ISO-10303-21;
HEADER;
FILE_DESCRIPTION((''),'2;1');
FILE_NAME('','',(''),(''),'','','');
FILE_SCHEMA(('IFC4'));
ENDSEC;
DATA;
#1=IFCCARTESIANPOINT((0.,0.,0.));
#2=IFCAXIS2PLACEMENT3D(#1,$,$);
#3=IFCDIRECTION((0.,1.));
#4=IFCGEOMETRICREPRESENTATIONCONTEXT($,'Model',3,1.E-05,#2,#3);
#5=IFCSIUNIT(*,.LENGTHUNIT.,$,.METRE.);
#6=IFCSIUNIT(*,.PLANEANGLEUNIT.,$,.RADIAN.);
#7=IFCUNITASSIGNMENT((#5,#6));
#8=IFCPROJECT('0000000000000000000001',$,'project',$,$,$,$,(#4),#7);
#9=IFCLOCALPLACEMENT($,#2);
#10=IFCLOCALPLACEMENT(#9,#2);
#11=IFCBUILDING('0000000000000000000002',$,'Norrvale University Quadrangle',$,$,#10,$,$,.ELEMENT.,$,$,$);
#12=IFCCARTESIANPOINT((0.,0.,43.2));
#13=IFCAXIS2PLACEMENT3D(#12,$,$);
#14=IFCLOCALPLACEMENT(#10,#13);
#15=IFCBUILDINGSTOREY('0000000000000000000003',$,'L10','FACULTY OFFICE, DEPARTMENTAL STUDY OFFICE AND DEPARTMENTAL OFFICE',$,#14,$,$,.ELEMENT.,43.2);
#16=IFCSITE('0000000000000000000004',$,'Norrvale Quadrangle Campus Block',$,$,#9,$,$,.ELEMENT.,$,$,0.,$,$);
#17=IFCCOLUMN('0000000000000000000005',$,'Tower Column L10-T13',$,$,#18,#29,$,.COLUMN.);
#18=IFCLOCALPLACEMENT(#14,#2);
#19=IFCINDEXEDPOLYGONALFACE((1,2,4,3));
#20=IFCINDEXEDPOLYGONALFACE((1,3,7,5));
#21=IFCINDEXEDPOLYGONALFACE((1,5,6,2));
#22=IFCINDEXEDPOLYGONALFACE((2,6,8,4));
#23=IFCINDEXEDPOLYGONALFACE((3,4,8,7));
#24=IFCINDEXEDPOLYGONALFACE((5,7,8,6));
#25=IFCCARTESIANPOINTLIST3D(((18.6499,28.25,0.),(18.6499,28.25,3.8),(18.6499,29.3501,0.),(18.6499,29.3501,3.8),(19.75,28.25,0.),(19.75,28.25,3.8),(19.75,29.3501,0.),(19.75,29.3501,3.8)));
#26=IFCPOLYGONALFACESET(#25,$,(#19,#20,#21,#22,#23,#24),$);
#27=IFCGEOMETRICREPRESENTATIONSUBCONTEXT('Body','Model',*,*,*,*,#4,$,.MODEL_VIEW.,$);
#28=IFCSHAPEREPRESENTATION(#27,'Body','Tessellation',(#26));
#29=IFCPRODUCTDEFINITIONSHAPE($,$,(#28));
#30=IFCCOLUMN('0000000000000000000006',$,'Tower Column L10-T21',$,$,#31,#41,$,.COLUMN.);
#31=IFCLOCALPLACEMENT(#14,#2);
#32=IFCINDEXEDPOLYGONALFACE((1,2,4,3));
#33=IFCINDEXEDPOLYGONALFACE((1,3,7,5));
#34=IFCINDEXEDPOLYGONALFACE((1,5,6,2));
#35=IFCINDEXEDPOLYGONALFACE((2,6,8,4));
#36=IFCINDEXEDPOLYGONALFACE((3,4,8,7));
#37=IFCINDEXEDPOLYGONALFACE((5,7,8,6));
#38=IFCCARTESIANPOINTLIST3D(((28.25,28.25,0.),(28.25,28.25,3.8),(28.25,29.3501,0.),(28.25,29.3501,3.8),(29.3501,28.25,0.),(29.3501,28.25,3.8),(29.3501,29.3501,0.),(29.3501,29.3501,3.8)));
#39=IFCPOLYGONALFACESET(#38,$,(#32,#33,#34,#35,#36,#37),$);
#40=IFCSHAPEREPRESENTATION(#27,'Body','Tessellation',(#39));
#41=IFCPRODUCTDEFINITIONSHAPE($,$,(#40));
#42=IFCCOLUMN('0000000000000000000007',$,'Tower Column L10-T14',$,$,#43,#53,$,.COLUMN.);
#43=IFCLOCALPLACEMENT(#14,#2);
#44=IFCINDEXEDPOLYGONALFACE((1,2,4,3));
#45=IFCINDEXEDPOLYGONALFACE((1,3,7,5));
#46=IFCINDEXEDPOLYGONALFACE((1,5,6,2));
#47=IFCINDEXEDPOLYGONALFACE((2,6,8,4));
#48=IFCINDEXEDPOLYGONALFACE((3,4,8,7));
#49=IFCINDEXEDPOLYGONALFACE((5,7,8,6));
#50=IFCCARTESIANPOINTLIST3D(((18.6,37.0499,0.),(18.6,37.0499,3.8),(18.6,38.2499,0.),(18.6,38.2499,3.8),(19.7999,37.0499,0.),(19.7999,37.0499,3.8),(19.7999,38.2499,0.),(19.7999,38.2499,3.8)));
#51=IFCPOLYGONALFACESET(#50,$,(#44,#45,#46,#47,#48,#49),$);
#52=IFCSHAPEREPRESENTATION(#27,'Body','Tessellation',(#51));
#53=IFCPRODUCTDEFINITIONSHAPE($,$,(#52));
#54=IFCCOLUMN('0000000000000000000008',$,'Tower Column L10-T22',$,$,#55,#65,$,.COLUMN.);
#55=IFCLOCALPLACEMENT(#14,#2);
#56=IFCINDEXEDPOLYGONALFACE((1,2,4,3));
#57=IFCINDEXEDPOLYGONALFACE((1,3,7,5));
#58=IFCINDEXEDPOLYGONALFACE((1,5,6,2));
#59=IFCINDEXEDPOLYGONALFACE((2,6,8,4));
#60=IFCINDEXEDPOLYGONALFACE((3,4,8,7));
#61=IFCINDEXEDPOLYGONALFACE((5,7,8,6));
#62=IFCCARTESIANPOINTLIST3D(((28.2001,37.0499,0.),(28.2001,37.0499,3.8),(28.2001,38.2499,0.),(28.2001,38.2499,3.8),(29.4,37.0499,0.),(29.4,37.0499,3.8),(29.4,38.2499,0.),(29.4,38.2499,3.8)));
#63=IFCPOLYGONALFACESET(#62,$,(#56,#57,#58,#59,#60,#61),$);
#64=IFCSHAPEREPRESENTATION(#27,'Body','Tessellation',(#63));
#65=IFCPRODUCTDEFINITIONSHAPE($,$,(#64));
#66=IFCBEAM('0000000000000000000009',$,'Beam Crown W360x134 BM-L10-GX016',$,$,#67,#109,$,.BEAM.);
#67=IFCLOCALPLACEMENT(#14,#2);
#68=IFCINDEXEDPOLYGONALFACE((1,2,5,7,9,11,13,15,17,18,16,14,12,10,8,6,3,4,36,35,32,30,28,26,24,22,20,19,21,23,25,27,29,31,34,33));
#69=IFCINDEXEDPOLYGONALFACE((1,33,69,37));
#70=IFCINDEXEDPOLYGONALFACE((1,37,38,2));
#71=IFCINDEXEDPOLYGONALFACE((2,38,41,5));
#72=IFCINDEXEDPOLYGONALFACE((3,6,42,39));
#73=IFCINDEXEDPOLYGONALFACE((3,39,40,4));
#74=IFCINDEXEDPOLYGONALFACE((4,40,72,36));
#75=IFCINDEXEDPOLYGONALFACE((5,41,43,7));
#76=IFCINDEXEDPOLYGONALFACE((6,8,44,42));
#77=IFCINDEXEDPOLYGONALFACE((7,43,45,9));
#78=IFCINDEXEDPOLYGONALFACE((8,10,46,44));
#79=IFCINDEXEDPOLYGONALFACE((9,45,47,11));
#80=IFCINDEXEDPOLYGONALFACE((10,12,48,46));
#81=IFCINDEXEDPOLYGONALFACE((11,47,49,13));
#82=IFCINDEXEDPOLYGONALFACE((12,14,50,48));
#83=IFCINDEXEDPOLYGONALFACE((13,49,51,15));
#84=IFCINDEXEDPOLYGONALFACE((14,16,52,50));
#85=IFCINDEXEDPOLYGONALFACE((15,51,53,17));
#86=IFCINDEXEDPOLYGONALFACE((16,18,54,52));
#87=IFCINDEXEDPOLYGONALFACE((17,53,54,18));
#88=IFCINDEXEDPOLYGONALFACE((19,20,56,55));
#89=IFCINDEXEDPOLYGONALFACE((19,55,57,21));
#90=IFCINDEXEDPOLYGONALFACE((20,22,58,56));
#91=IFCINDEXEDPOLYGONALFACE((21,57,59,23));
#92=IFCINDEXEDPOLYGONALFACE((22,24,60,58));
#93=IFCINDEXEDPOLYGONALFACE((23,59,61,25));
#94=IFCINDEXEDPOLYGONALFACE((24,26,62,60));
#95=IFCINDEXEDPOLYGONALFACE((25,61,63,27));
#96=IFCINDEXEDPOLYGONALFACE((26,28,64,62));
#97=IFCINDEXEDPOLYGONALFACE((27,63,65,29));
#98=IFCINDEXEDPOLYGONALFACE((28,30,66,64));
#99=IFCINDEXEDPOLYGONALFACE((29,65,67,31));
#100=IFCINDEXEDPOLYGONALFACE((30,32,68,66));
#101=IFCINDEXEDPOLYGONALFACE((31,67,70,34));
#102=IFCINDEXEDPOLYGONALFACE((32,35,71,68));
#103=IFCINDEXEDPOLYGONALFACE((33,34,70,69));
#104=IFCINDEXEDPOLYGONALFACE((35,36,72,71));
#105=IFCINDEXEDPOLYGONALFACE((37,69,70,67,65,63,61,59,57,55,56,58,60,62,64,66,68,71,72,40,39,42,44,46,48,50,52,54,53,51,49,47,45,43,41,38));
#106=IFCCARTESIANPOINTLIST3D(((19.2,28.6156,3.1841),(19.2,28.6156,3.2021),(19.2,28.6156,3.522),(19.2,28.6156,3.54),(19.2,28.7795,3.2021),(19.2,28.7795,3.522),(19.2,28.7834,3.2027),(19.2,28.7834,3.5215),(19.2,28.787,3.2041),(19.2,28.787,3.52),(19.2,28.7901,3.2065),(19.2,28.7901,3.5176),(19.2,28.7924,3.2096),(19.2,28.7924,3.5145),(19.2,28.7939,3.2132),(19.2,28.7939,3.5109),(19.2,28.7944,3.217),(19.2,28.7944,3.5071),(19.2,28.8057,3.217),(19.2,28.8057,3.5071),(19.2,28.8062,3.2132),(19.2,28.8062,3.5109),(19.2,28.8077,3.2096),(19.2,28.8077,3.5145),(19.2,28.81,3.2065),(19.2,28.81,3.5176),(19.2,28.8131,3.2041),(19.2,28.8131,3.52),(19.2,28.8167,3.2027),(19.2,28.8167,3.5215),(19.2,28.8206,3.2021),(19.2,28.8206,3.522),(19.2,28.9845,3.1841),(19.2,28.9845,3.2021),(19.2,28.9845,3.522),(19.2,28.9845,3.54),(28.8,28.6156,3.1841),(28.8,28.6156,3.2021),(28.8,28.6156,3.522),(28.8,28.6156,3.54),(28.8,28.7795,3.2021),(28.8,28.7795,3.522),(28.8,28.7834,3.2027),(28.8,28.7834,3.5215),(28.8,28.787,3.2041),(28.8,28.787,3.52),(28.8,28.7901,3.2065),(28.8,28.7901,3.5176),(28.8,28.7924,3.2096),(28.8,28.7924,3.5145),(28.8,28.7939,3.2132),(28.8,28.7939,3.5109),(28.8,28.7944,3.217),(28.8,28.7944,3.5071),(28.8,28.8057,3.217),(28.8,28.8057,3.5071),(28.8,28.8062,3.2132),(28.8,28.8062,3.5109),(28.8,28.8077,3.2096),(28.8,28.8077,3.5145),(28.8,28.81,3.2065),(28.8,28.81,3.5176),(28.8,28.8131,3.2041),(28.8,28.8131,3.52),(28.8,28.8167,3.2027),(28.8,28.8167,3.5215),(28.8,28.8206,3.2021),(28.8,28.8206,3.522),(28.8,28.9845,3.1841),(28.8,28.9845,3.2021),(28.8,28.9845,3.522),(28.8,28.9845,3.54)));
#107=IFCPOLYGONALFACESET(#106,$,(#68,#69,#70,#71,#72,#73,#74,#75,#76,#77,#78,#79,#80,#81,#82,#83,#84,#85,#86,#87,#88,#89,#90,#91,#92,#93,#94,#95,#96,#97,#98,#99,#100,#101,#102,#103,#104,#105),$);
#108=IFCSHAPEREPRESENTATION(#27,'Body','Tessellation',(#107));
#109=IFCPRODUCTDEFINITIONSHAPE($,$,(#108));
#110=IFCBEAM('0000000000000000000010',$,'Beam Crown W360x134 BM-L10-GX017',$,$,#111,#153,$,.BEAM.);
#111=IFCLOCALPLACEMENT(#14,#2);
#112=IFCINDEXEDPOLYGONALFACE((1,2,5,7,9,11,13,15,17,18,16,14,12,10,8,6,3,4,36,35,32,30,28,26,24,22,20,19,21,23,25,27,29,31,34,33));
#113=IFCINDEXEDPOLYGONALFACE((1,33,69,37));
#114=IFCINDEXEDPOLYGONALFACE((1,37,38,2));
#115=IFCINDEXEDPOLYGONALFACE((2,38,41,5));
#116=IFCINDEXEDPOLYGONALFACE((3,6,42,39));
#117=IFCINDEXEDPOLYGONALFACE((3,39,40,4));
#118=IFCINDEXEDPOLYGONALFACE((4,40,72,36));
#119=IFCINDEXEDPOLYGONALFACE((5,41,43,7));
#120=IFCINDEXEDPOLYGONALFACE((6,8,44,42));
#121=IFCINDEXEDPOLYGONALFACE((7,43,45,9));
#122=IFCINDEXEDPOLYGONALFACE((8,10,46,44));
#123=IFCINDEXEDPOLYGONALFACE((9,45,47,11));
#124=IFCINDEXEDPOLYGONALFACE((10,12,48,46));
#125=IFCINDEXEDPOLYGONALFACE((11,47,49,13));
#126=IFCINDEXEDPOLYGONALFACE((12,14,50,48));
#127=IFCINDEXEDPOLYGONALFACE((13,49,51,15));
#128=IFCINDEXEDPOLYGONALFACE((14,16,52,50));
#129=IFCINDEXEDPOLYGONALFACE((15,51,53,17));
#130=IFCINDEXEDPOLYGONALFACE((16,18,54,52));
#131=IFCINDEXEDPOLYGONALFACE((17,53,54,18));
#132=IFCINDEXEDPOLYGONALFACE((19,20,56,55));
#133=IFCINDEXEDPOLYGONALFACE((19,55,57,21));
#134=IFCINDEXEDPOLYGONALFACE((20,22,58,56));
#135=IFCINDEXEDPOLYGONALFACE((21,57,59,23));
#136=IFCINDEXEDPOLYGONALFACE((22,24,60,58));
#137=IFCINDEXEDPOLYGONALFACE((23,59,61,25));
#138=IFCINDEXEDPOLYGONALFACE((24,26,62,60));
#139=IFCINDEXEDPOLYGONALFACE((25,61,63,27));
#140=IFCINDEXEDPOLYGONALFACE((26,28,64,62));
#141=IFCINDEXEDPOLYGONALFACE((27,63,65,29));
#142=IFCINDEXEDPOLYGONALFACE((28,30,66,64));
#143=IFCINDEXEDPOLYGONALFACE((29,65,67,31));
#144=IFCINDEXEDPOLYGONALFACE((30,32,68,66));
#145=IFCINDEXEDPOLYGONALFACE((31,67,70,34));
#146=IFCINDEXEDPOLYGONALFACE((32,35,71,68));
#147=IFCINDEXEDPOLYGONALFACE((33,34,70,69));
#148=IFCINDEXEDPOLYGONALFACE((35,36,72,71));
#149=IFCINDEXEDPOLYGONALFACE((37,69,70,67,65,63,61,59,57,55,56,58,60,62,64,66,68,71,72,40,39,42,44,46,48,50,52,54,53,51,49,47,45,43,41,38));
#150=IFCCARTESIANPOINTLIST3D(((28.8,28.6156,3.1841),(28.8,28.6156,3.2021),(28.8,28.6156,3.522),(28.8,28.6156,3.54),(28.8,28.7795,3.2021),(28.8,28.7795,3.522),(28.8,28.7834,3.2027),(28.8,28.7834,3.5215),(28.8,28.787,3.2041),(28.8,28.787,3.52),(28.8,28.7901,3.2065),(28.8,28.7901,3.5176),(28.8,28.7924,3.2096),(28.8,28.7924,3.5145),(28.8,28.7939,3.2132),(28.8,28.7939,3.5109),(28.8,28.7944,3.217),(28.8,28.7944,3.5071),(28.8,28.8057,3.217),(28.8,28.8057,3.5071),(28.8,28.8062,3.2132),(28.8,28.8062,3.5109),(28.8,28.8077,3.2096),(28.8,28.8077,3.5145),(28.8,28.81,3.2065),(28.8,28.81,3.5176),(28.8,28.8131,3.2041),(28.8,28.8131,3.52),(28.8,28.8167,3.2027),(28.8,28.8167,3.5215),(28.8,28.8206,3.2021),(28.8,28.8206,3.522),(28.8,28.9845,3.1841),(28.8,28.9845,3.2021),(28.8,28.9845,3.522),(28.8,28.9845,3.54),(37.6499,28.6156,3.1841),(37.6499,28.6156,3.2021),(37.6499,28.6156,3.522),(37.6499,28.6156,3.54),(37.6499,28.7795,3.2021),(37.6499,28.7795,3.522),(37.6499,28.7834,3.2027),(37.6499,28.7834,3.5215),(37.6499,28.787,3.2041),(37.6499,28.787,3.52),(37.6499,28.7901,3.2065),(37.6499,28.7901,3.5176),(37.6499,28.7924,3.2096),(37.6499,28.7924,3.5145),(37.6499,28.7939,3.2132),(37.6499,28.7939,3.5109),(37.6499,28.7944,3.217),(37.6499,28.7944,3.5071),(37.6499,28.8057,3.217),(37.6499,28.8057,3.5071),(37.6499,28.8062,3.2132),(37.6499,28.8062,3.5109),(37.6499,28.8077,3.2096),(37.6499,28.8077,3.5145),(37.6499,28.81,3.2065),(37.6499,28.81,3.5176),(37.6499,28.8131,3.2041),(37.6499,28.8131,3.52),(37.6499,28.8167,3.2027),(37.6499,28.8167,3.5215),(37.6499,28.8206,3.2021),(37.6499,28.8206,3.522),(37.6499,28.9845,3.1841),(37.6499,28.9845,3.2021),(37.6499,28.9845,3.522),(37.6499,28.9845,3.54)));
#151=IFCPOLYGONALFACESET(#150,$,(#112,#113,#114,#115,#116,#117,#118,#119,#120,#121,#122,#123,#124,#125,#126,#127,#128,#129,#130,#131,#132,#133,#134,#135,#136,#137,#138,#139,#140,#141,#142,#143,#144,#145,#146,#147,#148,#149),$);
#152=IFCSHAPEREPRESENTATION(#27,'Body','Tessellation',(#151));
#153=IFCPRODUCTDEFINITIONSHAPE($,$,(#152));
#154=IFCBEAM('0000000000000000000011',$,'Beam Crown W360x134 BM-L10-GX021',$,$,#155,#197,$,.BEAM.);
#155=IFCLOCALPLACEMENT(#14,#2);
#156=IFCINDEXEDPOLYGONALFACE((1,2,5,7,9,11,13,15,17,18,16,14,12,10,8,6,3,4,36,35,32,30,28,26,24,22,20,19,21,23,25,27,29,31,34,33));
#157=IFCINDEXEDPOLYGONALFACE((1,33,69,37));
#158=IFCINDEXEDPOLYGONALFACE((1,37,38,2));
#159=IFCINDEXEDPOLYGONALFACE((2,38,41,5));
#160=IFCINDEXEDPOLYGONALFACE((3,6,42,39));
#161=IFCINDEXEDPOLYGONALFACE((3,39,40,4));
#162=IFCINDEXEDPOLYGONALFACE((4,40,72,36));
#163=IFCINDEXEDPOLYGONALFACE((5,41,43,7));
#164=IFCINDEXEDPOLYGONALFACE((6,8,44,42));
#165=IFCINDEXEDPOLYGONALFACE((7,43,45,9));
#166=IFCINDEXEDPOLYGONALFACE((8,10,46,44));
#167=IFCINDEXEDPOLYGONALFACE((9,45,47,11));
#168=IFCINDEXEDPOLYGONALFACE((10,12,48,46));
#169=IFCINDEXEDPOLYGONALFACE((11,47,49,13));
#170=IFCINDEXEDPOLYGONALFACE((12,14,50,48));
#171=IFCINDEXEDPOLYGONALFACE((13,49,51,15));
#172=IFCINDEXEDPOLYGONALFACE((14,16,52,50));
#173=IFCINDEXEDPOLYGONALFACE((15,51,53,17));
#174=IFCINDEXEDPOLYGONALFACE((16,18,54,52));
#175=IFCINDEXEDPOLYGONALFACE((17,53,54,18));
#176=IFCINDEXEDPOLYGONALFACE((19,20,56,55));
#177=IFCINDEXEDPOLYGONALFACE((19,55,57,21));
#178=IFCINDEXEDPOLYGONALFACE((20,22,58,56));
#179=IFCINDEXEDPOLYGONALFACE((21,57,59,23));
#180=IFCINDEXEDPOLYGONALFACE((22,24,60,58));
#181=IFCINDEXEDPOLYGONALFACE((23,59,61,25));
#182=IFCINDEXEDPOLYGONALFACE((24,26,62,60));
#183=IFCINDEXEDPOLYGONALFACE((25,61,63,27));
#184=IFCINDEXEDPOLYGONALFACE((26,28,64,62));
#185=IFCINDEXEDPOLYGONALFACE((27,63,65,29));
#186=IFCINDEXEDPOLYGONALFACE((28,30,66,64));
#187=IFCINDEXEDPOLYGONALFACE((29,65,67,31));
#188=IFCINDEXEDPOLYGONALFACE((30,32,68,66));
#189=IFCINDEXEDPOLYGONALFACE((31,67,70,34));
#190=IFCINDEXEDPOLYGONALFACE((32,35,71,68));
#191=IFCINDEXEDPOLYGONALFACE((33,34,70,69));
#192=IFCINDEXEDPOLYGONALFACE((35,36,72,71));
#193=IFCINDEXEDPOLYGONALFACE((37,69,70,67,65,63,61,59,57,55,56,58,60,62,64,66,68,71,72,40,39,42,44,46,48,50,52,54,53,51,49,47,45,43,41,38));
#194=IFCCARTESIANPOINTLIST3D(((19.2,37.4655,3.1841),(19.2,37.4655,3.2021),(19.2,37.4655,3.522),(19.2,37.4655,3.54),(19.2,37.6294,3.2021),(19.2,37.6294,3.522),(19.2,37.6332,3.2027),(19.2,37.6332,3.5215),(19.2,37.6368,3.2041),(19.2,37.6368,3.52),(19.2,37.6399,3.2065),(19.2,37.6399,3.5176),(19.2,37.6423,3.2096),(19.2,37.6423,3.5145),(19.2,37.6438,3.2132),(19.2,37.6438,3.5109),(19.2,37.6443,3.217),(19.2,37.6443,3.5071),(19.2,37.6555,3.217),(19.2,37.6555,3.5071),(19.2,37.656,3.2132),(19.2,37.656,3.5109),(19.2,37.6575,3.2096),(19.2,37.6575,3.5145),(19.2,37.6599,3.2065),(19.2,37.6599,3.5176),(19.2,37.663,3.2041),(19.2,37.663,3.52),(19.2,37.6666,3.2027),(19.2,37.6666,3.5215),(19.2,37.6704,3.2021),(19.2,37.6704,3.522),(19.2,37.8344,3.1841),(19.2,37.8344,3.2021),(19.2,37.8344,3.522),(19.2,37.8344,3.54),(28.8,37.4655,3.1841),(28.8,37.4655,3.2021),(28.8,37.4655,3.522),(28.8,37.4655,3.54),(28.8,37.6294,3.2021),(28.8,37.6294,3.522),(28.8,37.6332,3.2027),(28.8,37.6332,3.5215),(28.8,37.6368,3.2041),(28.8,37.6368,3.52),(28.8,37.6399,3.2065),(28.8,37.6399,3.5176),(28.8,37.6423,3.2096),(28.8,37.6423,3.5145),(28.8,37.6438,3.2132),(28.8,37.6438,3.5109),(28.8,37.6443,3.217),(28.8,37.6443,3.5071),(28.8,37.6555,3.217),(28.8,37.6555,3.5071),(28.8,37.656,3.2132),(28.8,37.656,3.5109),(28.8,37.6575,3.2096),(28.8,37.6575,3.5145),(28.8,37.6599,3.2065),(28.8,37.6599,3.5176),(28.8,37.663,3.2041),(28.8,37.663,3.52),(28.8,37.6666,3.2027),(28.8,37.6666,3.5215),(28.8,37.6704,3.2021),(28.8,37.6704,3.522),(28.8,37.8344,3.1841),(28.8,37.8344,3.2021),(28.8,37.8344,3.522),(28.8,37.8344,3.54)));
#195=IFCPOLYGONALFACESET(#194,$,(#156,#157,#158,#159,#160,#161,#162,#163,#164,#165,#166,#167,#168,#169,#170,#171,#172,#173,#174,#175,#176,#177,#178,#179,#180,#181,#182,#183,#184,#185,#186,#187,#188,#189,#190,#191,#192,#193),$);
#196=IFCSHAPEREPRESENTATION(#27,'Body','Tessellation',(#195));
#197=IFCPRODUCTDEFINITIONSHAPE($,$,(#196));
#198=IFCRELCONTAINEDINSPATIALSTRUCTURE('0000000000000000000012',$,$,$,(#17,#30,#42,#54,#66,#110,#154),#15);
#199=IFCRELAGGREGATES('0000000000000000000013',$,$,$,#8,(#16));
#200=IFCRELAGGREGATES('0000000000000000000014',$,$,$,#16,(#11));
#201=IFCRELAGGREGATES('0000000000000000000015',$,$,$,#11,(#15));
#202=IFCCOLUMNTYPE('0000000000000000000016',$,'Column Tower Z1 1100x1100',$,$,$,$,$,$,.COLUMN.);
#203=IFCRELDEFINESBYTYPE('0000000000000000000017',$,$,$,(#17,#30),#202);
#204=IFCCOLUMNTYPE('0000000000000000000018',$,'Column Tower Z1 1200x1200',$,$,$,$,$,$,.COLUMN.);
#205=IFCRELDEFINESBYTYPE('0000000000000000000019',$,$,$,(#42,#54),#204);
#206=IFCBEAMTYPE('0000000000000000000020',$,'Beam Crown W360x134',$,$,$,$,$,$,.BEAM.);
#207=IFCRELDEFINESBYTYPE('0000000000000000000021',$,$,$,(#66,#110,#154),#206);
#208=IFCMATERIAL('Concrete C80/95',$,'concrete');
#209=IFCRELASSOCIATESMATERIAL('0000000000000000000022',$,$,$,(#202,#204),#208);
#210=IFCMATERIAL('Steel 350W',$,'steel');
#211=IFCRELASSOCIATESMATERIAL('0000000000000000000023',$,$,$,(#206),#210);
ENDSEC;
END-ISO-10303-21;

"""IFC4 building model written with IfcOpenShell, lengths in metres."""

from ifc_helpers import new_model, si_unit, direction, frame, origin, origin_2d, place, context, subcontext, project, spatial, rectangle, i_section, extrude, material, material_profile, profile_set, type_object, element, save


model = new_model("IFC4")

# Units and contexts
model_context = context("Model", 3, precision=1e-05, world=origin(), true_north=direction((0.0, 1.0)))
body_context = subcontext(model_context, "Body", "Model", "MODEL_VIEW")
ifc_project = project(units=[si_unit("LENGTHUNIT", "METRE"), si_unit("PLANEANGLEUNIT", "RADIAN")], contexts=[model_context])

# Site, building, storey
site_placement = place(None, origin())
site = spatial("IfcSite", under=ifc_project, at=site_placement, Name="Norrvale Quadrangle Campus Block", CompositionType="ELEMENT", RefElevation=0.0)
building_placement = place(site_placement, origin())
building = spatial("IfcBuilding", under=site, at=building_placement, Name="Norrvale University Quadrangle", CompositionType="ELEMENT")
storey_placement = place(building_placement, frame((0.0, 0.0, 43.2)))
storey = spatial("IfcBuildingStorey", under=building, at=storey_placement, Name="L10", Description="FACULTY OFFICE, DEPARTMENTAL STUDY OFFICE AND DEPARTMENTAL OFFICE", CompositionType="ELEMENT", Elevation=43.2)

# Columns
ifc_material_1 = material(Name="Concrete C80/95", Category="concrete")
ifc_material_profile_1 = material_profile(ifc_material_1, rectangle(XDim=1.1001, YDim=1.1001, at=origin_2d()), Name="Concrete C80/95")
ifc_profile_set_1 = profile_set([ifc_material_profile_1], Name="Concrete C80/95")
column_type_1 = type_object("IfcColumnType", Name="Column Tower Z1 1100x1100", PredefinedType="COLUMN", material=ifc_profile_set_1)
for number, where, z_axis, x_axis, name in (
    (1, (19.2, 28.8, 0.0), (0.0, 0.0, 1.0), (1.0, 0.0, 0.0), "Tower Column L10-T13"),
    (2, (28.8, 28.8, 0.0), (0.0, 0.0, 1.0), (1.0, 0.0, 0.0), "Tower Column L10-T21"),
):
    element("IfcColumn", number, at=place(storey_placement, frame(where, z_axis=z_axis, x_axis=x_axis)), inside=storey, type_object=column_type_1, Name=name, PredefinedType="COLUMN", context=body_context, shape_type="SweptSolid", body=[
        extrude(rectangle(XDim=1.1001, YDim=1.1001, at=origin_2d()), origin(), (0.0, 0.0, 1.0), 3.8),
    ])
ifc_material_profile_2 = material_profile(ifc_material_1, rectangle(XDim=1.2, YDim=1.2, at=origin_2d()), Name="Concrete C80/95")
ifc_profile_set_2 = profile_set([ifc_material_profile_2], Name="Concrete C80/95")
column_type_2 = type_object("IfcColumnType", Name="Column Tower Z1 1200x1200", PredefinedType="COLUMN", material=ifc_profile_set_2)
for number, where, z_axis, x_axis, name in (
    (3, (19.2, 37.6499, 0.0), (0.0, 0.0, 1.0), (1.0, 0.0, 0.0), "Tower Column L10-T14"),
    (4, (28.8, 37.6499, 0.0), (0.0, 0.0, 1.0), (1.0, 0.0, 0.0), "Tower Column L10-T22"),
):
    element("IfcColumn", number, at=place(storey_placement, frame(where, z_axis=z_axis, x_axis=x_axis)), inside=storey, type_object=column_type_2, Name=name, PredefinedType="COLUMN", context=body_context, shape_type="SweptSolid", body=[
        extrude(rectangle(XDim=1.2, YDim=1.2, at=origin_2d()), origin(), (0.0, 0.0, 1.0), 3.8),
    ])

# Beams
ifc_material_2 = material(Name="Steel 350W", Category="steel")
ifc_material_profile_3 = material_profile(ifc_material_2, i_section(OverallWidth=0.3689, OverallDepth=0.356, WebThickness=0.0112, FlangeThickness=0.0181, FilletRadius=0.0149, at=origin_2d()), Name="Steel 350W")
ifc_profile_set_3 = profile_set([ifc_material_profile_3], Name="Steel 350W")
beam_type_1 = type_object("IfcBeamType", Name="Beam Crown W360x134", PredefinedType="BEAM", material=ifc_profile_set_3)
beam_1_placement = place(storey_placement, frame((19.2, 28.8, 3.3621), z_axis=(1.0, 0.0, 0.0), x_axis=(0.0, 1.0, 0.0)))
element("IfcBeam", 5, at=beam_1_placement, inside=storey, type_object=beam_type_1, Name="Beam Crown W360x134 BM-L10-GX016", PredefinedType="BEAM", context=body_context, shape_type="SweptSolid", body=[
    extrude(i_section(OverallWidth=0.3689, OverallDepth=0.356, WebThickness=0.0112, FlangeThickness=0.0181, FilletRadius=0.0149, at=origin_2d()), origin(), (0.0, 0.0, 1.0), 9.6001),
])
beam_2_placement = place(storey_placement, frame((28.8, 28.8, 3.3621), z_axis=(1.0, 0.0, 0.0), x_axis=(0.0, 1.0, 0.0)))
element("IfcBeam", 6, at=beam_2_placement, inside=storey, type_object=beam_type_1, Name="Beam Crown W360x134 BM-L10-GX017", PredefinedType="BEAM", context=body_context, shape_type="SweptSolid", body=[
    extrude(i_section(OverallWidth=0.3689, OverallDepth=0.356, WebThickness=0.0112, FlangeThickness=0.0181, FilletRadius=0.0149, at=origin_2d()), origin(), (0.0, 0.0, 1.0), 8.8499),
])
beam_3_placement = place(storey_placement, frame((19.2, 37.6499, 3.3621), z_axis=(1.0, 0.0, 0.0), x_axis=(0.0, 1.0, 0.0)))
element("IfcBeam", 7, at=beam_3_placement, inside=storey, type_object=beam_type_1, Name="Beam Crown W360x134 BM-L10-GX021", PredefinedType="BEAM", context=body_context, shape_type="SweptSolid", body=[
    extrude(i_section(OverallWidth=0.3689, OverallDepth=0.356, WebThickness=0.0112, FlangeThickness=0.0181, FilletRadius=0.0149, at=origin_2d()), origin(), (0.0, 0.0, 1.0), 9.6001),
])

save(model, "model.ifc")
